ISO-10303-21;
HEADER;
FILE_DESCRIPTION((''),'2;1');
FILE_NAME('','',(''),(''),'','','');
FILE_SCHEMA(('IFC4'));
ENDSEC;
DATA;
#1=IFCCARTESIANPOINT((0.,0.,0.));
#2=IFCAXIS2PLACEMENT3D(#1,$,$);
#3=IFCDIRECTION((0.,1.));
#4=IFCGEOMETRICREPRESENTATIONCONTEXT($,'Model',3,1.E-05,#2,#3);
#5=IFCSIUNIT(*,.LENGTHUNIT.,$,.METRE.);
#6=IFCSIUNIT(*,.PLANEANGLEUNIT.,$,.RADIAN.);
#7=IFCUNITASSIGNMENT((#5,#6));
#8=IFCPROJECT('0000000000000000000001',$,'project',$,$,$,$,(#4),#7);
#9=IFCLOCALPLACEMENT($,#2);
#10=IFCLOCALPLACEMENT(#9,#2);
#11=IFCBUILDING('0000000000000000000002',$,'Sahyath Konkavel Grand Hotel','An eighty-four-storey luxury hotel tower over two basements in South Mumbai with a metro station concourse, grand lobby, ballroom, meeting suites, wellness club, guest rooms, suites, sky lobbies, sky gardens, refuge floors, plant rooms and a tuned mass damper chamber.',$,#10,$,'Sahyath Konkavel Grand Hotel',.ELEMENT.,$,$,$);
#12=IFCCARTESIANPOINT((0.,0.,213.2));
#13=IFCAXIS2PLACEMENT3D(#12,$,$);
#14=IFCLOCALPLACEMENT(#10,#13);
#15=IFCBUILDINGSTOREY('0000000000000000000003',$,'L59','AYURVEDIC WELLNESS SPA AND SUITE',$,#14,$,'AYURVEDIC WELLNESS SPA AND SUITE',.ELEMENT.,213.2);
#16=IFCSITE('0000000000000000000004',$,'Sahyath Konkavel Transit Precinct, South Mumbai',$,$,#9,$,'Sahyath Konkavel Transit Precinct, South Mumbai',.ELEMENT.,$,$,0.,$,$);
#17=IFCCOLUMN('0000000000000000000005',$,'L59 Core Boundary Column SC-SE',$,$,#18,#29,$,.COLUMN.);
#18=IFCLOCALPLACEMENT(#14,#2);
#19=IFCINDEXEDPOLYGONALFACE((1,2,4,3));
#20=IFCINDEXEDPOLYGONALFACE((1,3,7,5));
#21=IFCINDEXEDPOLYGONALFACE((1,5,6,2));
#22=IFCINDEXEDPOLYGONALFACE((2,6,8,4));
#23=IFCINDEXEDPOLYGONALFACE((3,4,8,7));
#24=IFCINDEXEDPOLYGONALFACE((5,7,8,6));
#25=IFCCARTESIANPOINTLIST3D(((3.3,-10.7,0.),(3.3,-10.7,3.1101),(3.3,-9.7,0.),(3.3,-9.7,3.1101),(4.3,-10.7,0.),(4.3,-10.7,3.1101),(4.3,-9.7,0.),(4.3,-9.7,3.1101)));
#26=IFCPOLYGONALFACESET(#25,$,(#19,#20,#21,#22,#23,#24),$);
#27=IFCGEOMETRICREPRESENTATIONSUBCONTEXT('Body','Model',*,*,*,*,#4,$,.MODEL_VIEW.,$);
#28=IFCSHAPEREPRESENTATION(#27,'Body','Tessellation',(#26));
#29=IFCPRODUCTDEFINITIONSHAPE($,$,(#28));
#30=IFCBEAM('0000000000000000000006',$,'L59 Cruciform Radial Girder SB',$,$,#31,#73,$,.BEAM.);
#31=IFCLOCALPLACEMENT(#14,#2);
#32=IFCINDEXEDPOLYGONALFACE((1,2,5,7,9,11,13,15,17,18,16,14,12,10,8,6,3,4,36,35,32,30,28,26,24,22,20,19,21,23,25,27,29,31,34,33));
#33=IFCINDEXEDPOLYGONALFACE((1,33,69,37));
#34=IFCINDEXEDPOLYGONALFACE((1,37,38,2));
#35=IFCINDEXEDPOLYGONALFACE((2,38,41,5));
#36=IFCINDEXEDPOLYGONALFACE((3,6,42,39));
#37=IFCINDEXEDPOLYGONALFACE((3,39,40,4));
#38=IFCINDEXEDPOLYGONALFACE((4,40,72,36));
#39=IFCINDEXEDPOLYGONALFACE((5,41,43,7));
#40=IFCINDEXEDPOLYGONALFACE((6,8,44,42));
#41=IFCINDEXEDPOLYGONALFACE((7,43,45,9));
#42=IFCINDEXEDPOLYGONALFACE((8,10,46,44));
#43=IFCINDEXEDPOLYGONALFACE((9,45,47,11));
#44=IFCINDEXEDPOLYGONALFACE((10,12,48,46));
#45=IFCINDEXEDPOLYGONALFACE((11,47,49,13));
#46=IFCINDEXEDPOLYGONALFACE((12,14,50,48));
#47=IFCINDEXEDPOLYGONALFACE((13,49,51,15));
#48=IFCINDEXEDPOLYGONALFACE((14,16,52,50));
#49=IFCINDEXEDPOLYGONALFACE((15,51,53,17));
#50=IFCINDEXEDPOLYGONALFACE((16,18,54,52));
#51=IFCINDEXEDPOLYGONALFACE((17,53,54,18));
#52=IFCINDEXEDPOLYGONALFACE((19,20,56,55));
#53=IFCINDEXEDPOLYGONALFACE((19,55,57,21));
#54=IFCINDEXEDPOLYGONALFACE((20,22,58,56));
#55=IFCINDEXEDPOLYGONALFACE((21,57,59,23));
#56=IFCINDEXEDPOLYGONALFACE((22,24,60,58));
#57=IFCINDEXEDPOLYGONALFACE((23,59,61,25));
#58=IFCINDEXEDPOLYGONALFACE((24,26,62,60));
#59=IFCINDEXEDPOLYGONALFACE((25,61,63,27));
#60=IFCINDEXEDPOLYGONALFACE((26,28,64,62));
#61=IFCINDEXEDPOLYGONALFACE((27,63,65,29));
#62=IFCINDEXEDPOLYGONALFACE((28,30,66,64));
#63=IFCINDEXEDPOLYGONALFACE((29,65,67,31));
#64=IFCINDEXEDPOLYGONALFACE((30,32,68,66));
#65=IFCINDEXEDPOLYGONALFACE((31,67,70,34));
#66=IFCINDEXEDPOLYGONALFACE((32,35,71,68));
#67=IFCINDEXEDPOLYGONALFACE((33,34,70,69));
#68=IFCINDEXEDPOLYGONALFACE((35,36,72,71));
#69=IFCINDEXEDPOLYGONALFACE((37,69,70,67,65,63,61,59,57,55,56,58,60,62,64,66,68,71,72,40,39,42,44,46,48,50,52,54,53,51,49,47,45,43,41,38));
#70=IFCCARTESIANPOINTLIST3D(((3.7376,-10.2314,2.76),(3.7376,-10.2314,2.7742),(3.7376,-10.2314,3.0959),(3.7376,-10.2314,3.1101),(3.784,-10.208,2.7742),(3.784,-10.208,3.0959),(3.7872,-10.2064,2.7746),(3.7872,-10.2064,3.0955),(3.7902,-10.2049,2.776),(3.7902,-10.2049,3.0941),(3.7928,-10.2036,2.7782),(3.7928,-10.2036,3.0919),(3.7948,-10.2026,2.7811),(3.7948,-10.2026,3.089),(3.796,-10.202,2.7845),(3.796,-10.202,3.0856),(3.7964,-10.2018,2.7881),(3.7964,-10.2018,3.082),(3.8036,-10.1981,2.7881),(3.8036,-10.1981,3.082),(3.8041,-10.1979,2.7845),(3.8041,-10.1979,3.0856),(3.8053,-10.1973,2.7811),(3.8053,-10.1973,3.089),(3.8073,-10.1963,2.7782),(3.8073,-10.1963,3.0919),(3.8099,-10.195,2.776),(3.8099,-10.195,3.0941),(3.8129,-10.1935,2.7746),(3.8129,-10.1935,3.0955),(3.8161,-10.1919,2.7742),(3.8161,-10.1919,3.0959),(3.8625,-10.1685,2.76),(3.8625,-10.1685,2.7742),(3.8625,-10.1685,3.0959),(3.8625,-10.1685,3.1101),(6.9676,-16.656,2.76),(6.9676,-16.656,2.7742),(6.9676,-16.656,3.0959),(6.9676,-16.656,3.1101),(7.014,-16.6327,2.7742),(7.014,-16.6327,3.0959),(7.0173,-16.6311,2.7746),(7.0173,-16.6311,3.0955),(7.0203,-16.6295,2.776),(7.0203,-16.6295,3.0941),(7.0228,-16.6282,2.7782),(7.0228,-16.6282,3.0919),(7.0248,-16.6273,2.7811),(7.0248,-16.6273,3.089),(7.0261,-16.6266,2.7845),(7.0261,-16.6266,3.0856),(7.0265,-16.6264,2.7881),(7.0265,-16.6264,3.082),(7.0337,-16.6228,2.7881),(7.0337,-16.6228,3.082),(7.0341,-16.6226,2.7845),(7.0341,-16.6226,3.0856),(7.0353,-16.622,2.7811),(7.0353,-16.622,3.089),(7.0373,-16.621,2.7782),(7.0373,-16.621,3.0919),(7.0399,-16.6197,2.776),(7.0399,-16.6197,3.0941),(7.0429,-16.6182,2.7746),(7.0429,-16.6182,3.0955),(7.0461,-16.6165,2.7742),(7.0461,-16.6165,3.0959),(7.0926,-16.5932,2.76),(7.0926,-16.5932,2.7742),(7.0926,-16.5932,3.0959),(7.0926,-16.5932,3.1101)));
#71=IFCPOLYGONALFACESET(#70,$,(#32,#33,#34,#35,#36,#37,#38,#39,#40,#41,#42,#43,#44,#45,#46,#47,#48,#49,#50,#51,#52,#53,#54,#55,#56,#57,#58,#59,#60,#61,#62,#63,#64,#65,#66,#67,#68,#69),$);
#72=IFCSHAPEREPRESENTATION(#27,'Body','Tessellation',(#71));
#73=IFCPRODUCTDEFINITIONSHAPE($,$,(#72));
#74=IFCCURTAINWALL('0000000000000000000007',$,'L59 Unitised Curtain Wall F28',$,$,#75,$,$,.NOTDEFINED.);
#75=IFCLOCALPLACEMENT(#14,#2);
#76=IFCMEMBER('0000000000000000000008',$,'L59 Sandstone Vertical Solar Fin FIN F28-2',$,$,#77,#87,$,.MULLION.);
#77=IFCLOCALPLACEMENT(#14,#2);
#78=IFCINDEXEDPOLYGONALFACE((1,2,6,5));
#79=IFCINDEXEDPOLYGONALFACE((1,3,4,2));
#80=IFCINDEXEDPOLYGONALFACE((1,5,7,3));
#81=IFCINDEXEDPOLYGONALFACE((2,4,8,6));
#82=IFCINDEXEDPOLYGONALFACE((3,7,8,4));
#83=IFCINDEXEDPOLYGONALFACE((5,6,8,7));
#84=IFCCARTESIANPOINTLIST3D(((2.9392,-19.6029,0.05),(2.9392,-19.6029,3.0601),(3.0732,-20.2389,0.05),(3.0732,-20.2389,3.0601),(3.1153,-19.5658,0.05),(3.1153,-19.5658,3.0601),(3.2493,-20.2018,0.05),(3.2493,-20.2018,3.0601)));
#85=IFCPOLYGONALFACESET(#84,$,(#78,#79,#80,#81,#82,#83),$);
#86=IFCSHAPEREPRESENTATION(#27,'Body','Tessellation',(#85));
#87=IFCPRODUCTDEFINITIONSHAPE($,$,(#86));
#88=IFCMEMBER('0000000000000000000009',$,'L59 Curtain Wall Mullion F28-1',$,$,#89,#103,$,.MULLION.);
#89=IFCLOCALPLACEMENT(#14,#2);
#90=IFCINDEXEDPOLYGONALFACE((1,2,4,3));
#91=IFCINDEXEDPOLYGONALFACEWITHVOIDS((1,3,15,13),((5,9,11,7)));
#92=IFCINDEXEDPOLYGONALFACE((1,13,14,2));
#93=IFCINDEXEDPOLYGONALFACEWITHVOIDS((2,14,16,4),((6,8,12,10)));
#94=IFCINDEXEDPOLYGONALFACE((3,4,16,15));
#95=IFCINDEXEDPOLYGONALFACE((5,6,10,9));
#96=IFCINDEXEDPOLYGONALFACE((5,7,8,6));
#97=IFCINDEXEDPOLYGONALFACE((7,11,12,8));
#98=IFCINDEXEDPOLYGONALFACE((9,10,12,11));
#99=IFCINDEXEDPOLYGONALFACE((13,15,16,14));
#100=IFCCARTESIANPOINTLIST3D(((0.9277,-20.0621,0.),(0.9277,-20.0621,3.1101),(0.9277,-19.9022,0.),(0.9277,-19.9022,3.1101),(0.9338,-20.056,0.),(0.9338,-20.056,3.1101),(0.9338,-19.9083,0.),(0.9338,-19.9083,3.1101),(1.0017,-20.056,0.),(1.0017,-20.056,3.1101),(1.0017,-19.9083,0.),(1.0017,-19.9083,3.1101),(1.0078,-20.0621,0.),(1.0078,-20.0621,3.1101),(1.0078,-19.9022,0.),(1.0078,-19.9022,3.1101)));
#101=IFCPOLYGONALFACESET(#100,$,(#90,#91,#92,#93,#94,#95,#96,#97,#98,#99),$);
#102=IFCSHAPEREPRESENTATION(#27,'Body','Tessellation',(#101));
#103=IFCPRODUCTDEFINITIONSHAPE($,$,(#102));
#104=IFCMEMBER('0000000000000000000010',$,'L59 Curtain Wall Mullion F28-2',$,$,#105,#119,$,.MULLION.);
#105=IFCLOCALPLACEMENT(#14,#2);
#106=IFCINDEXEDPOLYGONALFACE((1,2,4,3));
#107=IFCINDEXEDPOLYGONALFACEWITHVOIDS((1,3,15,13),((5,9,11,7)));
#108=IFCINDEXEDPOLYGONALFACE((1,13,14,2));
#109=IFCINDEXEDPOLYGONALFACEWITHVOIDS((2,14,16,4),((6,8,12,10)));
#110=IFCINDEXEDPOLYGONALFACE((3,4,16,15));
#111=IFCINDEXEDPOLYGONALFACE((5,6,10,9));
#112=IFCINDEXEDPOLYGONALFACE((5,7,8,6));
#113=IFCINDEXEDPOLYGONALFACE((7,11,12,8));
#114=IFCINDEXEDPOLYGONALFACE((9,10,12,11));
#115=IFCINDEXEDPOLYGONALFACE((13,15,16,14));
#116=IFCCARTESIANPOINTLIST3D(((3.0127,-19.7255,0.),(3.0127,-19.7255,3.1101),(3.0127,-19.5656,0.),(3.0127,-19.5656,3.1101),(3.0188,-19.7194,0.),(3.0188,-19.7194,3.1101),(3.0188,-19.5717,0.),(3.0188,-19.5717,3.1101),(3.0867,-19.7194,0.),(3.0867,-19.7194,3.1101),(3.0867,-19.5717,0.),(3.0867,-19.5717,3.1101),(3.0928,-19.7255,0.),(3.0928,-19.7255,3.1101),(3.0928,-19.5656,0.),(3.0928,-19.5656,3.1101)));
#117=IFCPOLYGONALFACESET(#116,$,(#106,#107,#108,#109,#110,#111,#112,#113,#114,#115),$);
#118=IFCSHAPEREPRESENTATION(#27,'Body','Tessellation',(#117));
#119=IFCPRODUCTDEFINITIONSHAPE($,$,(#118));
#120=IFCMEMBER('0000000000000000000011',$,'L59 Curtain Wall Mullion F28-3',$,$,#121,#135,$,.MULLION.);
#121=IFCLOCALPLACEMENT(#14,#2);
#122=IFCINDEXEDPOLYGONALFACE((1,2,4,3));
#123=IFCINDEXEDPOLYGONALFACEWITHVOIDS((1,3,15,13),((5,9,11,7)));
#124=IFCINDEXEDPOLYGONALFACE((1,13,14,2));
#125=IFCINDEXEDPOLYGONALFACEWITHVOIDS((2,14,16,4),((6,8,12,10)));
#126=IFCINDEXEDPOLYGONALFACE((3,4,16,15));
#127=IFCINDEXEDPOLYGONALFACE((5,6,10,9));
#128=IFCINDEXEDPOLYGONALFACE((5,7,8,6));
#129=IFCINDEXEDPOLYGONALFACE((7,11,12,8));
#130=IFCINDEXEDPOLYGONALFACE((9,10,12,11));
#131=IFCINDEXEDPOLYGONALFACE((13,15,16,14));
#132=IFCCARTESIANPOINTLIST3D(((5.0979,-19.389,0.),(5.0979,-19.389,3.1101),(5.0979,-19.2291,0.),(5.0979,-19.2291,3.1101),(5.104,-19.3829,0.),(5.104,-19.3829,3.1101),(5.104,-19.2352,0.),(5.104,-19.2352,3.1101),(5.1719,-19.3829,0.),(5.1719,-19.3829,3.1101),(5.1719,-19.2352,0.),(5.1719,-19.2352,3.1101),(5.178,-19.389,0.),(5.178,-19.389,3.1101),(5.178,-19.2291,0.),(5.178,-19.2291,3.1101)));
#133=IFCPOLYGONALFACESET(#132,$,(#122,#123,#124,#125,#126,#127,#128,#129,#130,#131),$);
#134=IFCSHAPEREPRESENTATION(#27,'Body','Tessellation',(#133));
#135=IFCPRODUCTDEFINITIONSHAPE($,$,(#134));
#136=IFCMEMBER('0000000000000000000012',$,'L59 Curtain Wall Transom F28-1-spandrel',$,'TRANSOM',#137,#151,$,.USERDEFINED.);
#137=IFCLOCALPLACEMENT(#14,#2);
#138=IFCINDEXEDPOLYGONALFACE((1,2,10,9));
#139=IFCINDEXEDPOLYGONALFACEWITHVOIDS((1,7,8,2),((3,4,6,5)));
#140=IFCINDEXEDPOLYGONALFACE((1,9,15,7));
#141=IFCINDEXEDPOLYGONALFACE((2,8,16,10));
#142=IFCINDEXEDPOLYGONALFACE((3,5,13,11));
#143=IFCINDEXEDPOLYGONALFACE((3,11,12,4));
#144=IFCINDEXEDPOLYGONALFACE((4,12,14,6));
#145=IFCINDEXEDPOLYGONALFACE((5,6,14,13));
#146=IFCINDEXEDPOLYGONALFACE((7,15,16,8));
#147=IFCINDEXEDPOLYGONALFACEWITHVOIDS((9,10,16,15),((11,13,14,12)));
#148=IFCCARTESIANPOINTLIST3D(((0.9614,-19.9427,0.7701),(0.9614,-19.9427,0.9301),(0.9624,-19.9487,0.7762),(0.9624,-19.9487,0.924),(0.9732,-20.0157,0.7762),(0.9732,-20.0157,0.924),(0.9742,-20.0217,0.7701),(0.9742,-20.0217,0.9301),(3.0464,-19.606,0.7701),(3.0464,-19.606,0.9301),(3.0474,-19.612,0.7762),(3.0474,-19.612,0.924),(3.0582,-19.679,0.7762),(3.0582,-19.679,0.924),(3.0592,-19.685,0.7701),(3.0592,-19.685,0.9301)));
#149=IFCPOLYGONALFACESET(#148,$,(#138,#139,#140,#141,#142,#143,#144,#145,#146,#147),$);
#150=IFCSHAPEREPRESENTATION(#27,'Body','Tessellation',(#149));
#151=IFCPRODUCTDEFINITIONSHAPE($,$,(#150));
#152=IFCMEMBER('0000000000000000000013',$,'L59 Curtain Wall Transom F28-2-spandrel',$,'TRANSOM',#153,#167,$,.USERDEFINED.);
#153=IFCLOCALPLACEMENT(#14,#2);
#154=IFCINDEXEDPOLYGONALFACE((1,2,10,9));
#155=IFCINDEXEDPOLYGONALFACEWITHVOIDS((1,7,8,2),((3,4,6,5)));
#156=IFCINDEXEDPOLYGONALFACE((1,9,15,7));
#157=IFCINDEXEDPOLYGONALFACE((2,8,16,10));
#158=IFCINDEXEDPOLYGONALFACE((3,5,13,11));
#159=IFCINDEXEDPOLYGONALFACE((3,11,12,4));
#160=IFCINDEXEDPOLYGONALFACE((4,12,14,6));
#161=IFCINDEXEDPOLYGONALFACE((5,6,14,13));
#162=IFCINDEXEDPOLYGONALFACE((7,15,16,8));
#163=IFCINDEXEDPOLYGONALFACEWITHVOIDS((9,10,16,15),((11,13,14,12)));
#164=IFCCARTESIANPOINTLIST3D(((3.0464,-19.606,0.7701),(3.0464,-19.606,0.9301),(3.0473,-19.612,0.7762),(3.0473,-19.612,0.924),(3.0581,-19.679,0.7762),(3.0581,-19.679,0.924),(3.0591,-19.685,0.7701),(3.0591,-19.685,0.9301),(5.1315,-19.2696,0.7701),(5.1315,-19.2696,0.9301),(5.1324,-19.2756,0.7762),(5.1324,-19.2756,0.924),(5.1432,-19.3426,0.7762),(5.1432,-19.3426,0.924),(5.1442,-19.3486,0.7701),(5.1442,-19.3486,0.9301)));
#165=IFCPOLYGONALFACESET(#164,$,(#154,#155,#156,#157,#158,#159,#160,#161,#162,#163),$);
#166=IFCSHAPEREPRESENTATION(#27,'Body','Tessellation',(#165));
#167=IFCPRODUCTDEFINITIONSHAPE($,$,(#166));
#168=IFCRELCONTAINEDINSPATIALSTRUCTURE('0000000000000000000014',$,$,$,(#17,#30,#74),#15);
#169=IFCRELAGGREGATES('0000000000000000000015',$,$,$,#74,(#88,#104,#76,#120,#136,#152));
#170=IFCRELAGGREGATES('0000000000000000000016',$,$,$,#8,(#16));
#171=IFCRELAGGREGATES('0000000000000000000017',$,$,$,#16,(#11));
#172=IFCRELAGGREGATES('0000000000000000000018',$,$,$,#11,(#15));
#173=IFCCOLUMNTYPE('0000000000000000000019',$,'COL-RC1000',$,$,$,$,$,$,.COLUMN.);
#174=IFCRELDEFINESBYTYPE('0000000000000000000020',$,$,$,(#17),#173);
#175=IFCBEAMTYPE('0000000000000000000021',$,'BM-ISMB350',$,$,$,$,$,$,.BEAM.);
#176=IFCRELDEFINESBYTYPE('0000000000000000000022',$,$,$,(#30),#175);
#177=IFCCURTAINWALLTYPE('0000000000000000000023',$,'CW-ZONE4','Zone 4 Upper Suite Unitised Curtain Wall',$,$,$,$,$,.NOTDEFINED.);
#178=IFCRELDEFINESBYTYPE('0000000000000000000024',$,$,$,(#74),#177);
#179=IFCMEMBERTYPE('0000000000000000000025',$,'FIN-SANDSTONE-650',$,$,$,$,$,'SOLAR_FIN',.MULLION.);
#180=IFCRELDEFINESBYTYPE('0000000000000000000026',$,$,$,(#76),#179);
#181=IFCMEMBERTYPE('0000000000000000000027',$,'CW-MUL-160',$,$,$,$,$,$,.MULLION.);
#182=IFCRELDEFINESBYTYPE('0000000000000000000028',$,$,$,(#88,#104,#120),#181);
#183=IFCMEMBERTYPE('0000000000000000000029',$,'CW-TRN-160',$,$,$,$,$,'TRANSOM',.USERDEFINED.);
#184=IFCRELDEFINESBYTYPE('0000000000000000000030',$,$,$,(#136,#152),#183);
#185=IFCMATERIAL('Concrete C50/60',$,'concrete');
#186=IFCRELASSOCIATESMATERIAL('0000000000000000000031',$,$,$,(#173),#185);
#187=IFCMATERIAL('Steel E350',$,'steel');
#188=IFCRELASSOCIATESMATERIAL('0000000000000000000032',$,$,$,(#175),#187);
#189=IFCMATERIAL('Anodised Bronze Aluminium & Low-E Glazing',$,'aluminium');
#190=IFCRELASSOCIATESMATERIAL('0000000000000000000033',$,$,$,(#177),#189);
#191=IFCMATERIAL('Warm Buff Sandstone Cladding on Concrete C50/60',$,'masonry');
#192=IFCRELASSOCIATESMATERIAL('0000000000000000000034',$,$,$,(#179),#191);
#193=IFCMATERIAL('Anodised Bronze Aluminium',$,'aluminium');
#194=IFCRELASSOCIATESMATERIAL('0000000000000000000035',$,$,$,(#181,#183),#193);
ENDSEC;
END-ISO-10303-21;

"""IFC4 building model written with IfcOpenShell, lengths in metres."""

from ifc_helpers import new_model, si_unit, direction, frame, origin, origin_2d, place, context, subcontext, project, spatial, rectangle, hollow_rectangle, i_section, extrude, source, transform, mapped, material, material_profile, profile_set, type_object, element, aggregate, save


model = new_model("IFC4")

# Units and contexts
model_context = context("Model", 3, precision=1e-05, world=origin(), true_north=direction((0.0, 1.0)))
body_context = subcontext(model_context, "Body", "Model", "MODEL_VIEW")
ifc_project = project(units=[si_unit("LENGTHUNIT", "METRE"), si_unit("PLANEANGLEUNIT", "RADIAN")], contexts=[model_context])

# Site, building, storey
site_placement = place(None, origin())
site = spatial("IfcSite", under=ifc_project, at=site_placement, Name="Sahyath Konkavel Transit Precinct, South Mumbai", LongName="Sahyath Konkavel Transit Precinct, South Mumbai", CompositionType="ELEMENT", RefElevation=0.0)
building_placement = place(site_placement, origin())
building = spatial("IfcBuilding", under=site, at=building_placement, Name="Sahyath Konkavel Grand Hotel", Description="An eighty-four-storey luxury hotel tower over two basements in South Mumbai with a metro station concourse, grand lobby, ballroom, meeting suites, wellness club, guest rooms, suites, sky lobbies, sky gardens, refuge floors, plant rooms and a tuned mass damper chamber.", LongName="Sahyath Konkavel Grand Hotel", CompositionType="ELEMENT")
storey_placement = place(building_placement, frame((0.0, 0.0, 213.2)))
storey = spatial("IfcBuildingStorey", under=building, at=storey_placement, Name="L59", Description="AYURVEDIC WELLNESS SPA AND SUITE", LongName="AYURVEDIC WELLNESS SPA AND SUITE", CompositionType="ELEMENT", Elevation=213.2)

# Column
ifc_material_1 = material(Name="Concrete C50/60", Category="concrete")
ifc_material_profile_1 = material_profile(ifc_material_1, rectangle(XDim=1.0, YDim=1.0, at=origin_2d()), Name="RC 1000x1000")
ifc_profile_set_1 = profile_set([ifc_material_profile_1], Name="Concrete C50/60")
column_type = type_object("IfcColumnType", Name="COL-RC1000", PredefinedType="COLUMN", material=ifc_profile_set_1)
shared_shape_1 = source(origin(), body_context, "Body", "SweptSolid", [
    extrude(rectangle(XDim=1.0, YDim=1.0, at=origin_2d()), origin(), (0.0, 0.0, 1.0), 3.1101),
])
column_placement = place(storey_placement, frame((3.8, -10.2, 0.0), z_axis=(0.0, 0.0, 1.0), x_axis=(1.0, 0.0, 0.0)))
element("IfcColumn", 1, at=column_placement, inside=storey, type_object=column_type, Name="L59 Core Boundary Column SC-SE", PredefinedType="COLUMN", context=body_context, shape_type="MappedRepresentation", body=[
    mapped(shared_shape_1, transform((0.0, 0.0, 0.0), scale=1.0)),
])

# Beam
ifc_material_2 = material(Name="Steel E350", Category="steel")
ifc_material_profile_2 = material_profile(ifc_material_2, i_section(OverallWidth=0.1399, OverallDepth=0.3501, WebThickness=0.0081, FlangeThickness=0.0142, FilletRadius=0.0139, at=origin_2d()), Name="ISMB 350")
ifc_profile_set_2 = profile_set([ifc_material_profile_2], Name="Steel E350")
beam_type_1 = type_object("IfcBeamType", Name="BM-ISMB350", PredefinedType="BEAM", material=ifc_profile_set_2)
shared_shape_2 = source(origin(), body_context, "Body", "SweptSolid", [
    extrude(i_section(OverallWidth=0.1399, OverallDepth=0.3501, WebThickness=0.0081, FlangeThickness=0.0142, FilletRadius=0.0139, at=origin_2d()), origin(), (0.0, 0.0, 1.0), 7.1909),
])
beam_1_placement = place(storey_placement, frame((3.8, -10.2, 2.9351), z_axis=(0.449182, -0.89344, 0.0), x_axis=(0.89344, 0.449182, 0.0)))
element("IfcBeam", 2, at=beam_1_placement, inside=storey, type_object=beam_type_1, Name="L59 Cruciform Radial Girder SB", PredefinedType="BEAM", context=body_context, shape_type="MappedRepresentation", body=[
    mapped(shared_shape_2, transform((0.0, 0.0, 0.0), scale=1.0)),
])

# Curtain wall, members
ifc_material_3 = material(Name="Anodised Bronze Aluminium & Low-E Glazing", Category="aluminium")
curtain_wall_type = type_object("IfcCurtainWallType", Name="CW-ZONE4", Description="Zone 4 Upper Suite Unitised Curtain Wall", PredefinedType="NOTDEFINED", material=ifc_material_3)
curtain_wall_placement = place(storey_placement, origin())
curtain_wall = element("IfcCurtainWall", 3, at=curtain_wall_placement, inside=storey, type_object=curtain_wall_type, Name="L59 Unitised Curtain Wall F28", PredefinedType="NOTDEFINED")
ifc_material_4 = material(Name="Warm Buff Sandstone Cladding on Concrete C50/60", Category="masonry")
ifc_material_profile_3 = material_profile(ifc_material_4, rectangle(XDim=0.1799, YDim=0.6499, at=origin_2d()), Name="FIN 180x650")
ifc_profile_set_3 = profile_set([ifc_material_profile_3], Name="Warm Buff Sandstone Cladding on Concrete C50/60")
member_type_1 = type_object("IfcMemberType", Name="FIN-SANDSTONE-650", ElementType="SOLAR_FIN", PredefinedType="MULLION", material=ifc_profile_set_3)
shared_shape_3 = source(origin(), body_context, "Body", "SweptSolid", [
    extrude(rectangle(XDim=0.1799, YDim=0.6499, at=origin_2d()), origin(), (0.0, 0.0, 1.0), 3.01),
])
member_1_placement = place(storey_placement, frame((3.0942, -19.9023, 0.05), z_axis=(0.0, 0.0, 1.0), x_axis=(0.978509, 0.206204, 0.0)))
member_1 = element("IfcMember", 4, at=member_1_placement, type_object=member_type_1, Name="L59 Sandstone Vertical Solar Fin FIN F28-2", PredefinedType="MULLION", context=body_context, shape_type="MappedRepresentation", body=[
    mapped(shared_shape_3, transform((0.0, 0.0, 0.0), scale=1.0)),
])
ifc_material_5 = material(Name="Anodised Bronze Aluminium", Category="aluminium")
ifc_material_profile_4 = material_profile(ifc_material_5, hollow_rectangle(XDim=0.0801, YDim=0.1599, WallThickness=0.0061, at=origin_2d()), Name="RHS 160x80x6")
ifc_profile_set_4 = profile_set([ifc_material_profile_4], Name="Anodised Bronze Aluminium")
member_type_2 = type_object("IfcMemberType", Name="CW-MUL-160", PredefinedType="MULLION", material=ifc_profile_set_4)
shared_shape_4 = source(origin(), body_context, "Body", "SweptSolid", [
    extrude(hollow_rectangle(XDim=0.0801, YDim=0.1599, WallThickness=0.0061, at=origin_2d()), origin(), (0.0, 0.0, 1.0), 3.1101),
])
member_2_placement = place(storey_placement, frame((0.9678, -19.9822, 0.0), z_axis=(0.0, 0.0, 1.0), x_axis=(1.0, 0.0, 0.0)))
member_2 = element("IfcMember", 5, at=member_2_placement, type_object=member_type_2, Name="L59 Curtain Wall Mullion F28-1", PredefinedType="MULLION", context=body_context, shape_type="MappedRepresentation", body=[
    mapped(shared_shape_4, transform((0.0, 0.0, 0.0), scale=1.0)),
])
member_3_placement = place(storey_placement, frame((3.0527, -19.6455, 0.0), z_axis=(0.0, 0.0, 1.0), x_axis=(1.0, 0.0, 0.0)))
member_3 = element("IfcMember", 6, at=member_3_placement, type_object=member_type_2, Name="L59 Curtain Wall Mullion F28-2", PredefinedType="MULLION", context=body_context, shape_type="MappedRepresentation", body=[
    mapped(shared_shape_4, transform((0.0, 0.0, 0.0), scale=1.0)),
])
member_4_placement = place(storey_placement, frame((5.1379, -19.3091, 0.0), z_axis=(0.0, 0.0, 1.0), x_axis=(1.0, 0.0, 0.0)))
member_4 = element("IfcMember", 7, at=member_4_placement, type_object=member_type_2, Name="L59 Curtain Wall Mullion F28-3", PredefinedType="MULLION", context=body_context, shape_type="MappedRepresentation", body=[
    mapped(shared_shape_4, transform((0.0, 0.0, 0.0), scale=1.0)),
])
ifc_material_profile_5 = material_profile(ifc_material_5, hollow_rectangle(XDim=0.0801, YDim=0.1599, WallThickness=0.0061, at=origin_2d()), Name="RHS 160x80x6")
ifc_profile_set_5 = profile_set([ifc_material_profile_5], Name="Anodised Bronze Aluminium")
member_type_3 = type_object("IfcMemberType", Name="CW-TRN-160", ElementType="TRANSOM", PredefinedType="USERDEFINED", material=ifc_profile_set_5)
shared_shape_5 = source(origin(), body_context, "Body", "SweptSolid", [
    extrude(hollow_rectangle(XDim=0.0801, YDim=0.1599, WallThickness=0.0061, at=origin_2d()), origin(), (0.0, 0.0, 1.0), 2.1121),
])
member_5_placement = place(storey_placement, frame((0.9678, -19.9822, 0.8501), z_axis=(0.987212, 0.159411, 0.0), x_axis=(-0.159411, 0.987212, 0.0)))
member_5 = element("IfcMember", 8, at=member_5_placement, type_object=member_type_3, Name="L59 Curtain Wall Transom F28-1-spandrel", ObjectType="TRANSOM", PredefinedType="USERDEFINED", context=body_context, shape_type="MappedRepresentation", body=[
    mapped(shared_shape_5, transform((0.0, 0.0, 0.0), scale=1.0)),
])
member_6_placement = place(storey_placement, frame((3.0527, -19.6455, 0.8501), z_axis=(0.987233, 0.15928, 0.0), x_axis=(-0.15928, 0.987233, 0.0)))
member_6 = element("IfcMember", 9, at=member_6_placement, type_object=member_type_3, Name="L59 Curtain Wall Transom F28-2-spandrel", ObjectType="TRANSOM", PredefinedType="USERDEFINED", context=body_context, shape_type="MappedRepresentation", body=[
    mapped(shared_shape_5, transform((0.0, 0.0, 0.0), scale=1.0)),
])

aggregate(curtain_wall, [member_2, member_3, member_1, member_4, member_5, member_6])

save(model, "model.ifc")
